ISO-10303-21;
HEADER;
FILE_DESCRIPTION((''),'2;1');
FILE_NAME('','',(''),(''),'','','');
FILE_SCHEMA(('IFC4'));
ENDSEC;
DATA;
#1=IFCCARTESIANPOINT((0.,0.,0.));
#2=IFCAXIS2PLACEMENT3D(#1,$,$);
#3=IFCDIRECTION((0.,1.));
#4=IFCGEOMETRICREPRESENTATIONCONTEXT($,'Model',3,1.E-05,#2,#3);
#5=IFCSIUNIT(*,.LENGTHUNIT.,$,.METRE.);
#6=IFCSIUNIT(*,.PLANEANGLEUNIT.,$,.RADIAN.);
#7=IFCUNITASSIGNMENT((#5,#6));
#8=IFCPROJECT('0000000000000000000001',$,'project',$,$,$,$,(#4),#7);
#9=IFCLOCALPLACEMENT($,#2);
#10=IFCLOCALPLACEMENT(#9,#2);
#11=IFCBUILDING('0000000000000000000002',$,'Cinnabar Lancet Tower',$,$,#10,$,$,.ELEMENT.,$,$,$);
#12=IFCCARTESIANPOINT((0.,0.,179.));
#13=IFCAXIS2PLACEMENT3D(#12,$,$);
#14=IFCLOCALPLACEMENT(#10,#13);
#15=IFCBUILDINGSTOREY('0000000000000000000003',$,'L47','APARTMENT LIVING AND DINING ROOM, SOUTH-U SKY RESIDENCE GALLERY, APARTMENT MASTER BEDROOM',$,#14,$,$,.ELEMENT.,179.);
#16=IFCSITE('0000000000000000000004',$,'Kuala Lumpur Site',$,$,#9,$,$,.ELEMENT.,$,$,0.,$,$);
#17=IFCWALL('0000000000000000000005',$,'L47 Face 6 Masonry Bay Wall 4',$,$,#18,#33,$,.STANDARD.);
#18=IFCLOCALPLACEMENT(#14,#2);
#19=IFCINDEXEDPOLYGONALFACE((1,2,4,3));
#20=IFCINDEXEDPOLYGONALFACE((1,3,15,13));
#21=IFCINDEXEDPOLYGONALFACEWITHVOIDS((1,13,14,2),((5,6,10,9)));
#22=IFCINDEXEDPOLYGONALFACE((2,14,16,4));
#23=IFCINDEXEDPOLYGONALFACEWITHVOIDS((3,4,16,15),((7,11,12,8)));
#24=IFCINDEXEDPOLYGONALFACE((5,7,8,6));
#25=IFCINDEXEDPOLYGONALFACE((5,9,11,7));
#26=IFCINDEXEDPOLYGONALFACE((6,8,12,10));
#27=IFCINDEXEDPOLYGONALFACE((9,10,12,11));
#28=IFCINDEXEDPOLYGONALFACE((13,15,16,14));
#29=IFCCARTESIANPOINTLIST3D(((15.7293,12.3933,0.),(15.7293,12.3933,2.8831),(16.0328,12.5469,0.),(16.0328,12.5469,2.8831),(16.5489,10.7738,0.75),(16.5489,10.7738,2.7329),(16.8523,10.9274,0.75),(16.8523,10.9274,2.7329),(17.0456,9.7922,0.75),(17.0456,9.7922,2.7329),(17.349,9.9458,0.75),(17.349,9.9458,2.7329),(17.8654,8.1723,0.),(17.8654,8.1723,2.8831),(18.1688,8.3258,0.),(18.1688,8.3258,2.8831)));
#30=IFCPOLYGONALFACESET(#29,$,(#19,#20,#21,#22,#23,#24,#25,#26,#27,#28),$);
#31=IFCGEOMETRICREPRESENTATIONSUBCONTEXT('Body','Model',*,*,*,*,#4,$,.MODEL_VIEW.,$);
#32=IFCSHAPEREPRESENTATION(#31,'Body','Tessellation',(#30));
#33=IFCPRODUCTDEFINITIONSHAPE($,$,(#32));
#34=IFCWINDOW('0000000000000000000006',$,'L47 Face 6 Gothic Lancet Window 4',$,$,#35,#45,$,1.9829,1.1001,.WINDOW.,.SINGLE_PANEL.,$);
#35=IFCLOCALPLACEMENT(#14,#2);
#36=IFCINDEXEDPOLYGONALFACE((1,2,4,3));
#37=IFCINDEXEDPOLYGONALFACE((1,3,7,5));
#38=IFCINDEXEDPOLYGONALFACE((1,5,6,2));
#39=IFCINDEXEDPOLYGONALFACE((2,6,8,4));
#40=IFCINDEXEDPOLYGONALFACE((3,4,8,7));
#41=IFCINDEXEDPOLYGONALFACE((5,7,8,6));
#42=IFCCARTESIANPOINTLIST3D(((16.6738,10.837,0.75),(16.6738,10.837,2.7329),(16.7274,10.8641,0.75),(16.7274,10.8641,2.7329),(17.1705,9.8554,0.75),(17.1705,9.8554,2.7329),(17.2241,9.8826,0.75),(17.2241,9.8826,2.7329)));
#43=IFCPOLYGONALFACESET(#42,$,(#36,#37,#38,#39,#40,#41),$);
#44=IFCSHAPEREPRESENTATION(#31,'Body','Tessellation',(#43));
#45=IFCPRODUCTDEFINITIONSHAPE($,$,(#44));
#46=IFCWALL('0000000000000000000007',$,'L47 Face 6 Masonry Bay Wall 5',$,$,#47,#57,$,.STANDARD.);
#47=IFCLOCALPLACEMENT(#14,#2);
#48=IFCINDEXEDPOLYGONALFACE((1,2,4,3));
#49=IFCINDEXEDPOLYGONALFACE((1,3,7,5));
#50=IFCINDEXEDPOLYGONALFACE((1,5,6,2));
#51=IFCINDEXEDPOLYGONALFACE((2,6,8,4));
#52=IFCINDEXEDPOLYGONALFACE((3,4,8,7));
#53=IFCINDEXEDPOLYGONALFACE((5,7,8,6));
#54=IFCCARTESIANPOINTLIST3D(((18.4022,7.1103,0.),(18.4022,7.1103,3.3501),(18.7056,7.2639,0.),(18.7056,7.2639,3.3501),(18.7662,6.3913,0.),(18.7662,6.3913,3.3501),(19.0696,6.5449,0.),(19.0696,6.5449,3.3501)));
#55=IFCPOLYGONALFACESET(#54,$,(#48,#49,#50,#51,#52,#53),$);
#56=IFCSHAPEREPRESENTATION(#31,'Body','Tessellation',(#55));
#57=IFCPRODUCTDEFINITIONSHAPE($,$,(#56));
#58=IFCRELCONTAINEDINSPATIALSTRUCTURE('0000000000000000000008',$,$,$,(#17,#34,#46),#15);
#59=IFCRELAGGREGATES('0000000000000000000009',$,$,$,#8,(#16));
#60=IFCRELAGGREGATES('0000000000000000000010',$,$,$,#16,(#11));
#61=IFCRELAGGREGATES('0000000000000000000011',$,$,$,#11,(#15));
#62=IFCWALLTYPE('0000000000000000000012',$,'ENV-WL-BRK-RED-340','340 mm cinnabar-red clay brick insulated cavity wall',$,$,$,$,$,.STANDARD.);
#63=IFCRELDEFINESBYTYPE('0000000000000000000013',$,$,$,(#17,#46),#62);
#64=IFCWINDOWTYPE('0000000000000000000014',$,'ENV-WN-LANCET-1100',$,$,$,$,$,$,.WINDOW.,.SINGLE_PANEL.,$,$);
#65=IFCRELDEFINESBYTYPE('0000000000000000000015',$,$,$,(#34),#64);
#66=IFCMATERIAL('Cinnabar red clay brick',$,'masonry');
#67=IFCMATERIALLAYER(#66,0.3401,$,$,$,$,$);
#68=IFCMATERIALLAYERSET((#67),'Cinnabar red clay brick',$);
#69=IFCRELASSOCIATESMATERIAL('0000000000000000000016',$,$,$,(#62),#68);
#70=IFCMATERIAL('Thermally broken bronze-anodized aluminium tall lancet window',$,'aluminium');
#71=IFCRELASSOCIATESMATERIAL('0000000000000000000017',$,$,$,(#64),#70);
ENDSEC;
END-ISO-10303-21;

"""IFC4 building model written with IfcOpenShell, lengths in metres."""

from ifc_helpers import new_model, si_unit, direction, frame, frame_2d, origin, place, context, subcontext, project, spatial, rectangle, extrude, material, layer, layer_set, type_object, element, fill, save


model = new_model("IFC4")

# Units and contexts
model_context = context("Model", 3, precision=1e-05, world=origin(), true_north=direction((0.0, 1.0)))
body_context = subcontext(model_context, "Body", "Model", "MODEL_VIEW")
ifc_project = project(units=[si_unit("LENGTHUNIT", "METRE"), si_unit("PLANEANGLEUNIT", "RADIAN")], contexts=[model_context])

# Site, building, storey
site_placement = place(None, origin())
site = spatial("IfcSite", under=ifc_project, at=site_placement, Name="Kuala Lumpur Site", CompositionType="ELEMENT", RefElevation=0.0)
building_placement = place(site_placement, origin())
building = spatial("IfcBuilding", under=site, at=building_placement, Name="Cinnabar Lancet Tower", CompositionType="ELEMENT")
storey_placement = place(building_placement, frame((0.0, 0.0, 179.0)))
storey = spatial("IfcBuildingStorey", under=building, at=storey_placement, Name="L47", Description="APARTMENT LIVING AND DINING ROOM, SOUTH-U SKY RESIDENCE GALLERY, APARTMENT MASTER BEDROOM", CompositionType="ELEMENT", Elevation=179.0)

# Shared definitions
ifc_material_1 = material(Name="Cinnabar red clay brick", Category="masonry")
ifc_layer_1 = layer(ifc_material_1, 0.3401)
ifc_layer_set_1 = layer_set([ifc_layer_1], Name="Cinnabar red clay brick")
wall_type = type_object("IfcWallType", Name="ENV-WL-BRK-RED-340", Description="340 mm cinnabar-red clay brick insulated cavity wall", PredefinedType="STANDARD", material=ifc_layer_set_1)

# Wall, opening, window
wall_1_placement = place(storey_placement, frame((15.8811, 12.47, 0.0), z_axis=(0.0, 0.0, 1.0), x_axis=(0.451523, -0.89226, 0.0)))
wall_1 = element("IfcWall", 1, at=wall_1_placement, inside=storey, type_object=wall_type, Name="L47 Face 6 Masonry Bay Wall 4", PredefinedType="STANDARD", context=body_context, shape_type="SweptSolid", body=[
    extrude(rectangle(XDim=4.7307, YDim=0.3401, at=frame_2d((2.3652, 0.0))), origin(), (0.0, 0.0, 1.0), 2.8831),
])
opening_placement = place(wall_1_placement, frame((1.8149, 0.0, 0.75)))
opening = element("IfcOpeningElement", 2, at=opening_placement, cuts=wall_1, PredefinedType="OPENING", context=body_context, shape_type="SweptSolid", body=[
    extrude(rectangle(XDim=1.1001, YDim=1.9829, at=frame_2d((0.55, 0.9915))), frame((0.0, 0.1799, 0.0), z_axis=(0.0, -1.0, 0.0), x_axis=(1.0, 0.0, 0.0)), (0.0, 0.0, 1.0), 0.3601),
])
ifc_material_2 = material(Name="Thermally broken bronze-anodized aluminium tall lancet window", Category="aluminium")
window_type = type_object("IfcWindowType", Name="ENV-WN-LANCET-1100", PartitioningType="SINGLE_PANEL", PredefinedType="WINDOW", material=ifc_material_2)
window_placement = place(opening_placement, origin())
window = element("IfcWindow", 3, at=window_placement, inside=storey, type_object=window_type, Name="L47 Face 6 Gothic Lancet Window 4", OverallHeight=1.9829, OverallWidth=1.1001, PartitioningType="SINGLE_PANEL", PredefinedType="WINDOW", context=body_context, shape_type="SweptSolid", body=[
    extrude(rectangle(XDim=1.1001, YDim=1.9829, at=frame_2d((0.55, 0.9915))), frame((0.0, 0.03, 0.0), z_axis=(0.0, -1.0, 0.0), x_axis=(1.0, 0.0, 0.0)), (0.0, 0.0, 1.0), 0.0601),
])
fill(opening, window)

# Wall
wall_2_placement = place(storey_placement, frame((18.554, 7.187, 0.0), z_axis=(0.0, 0.0, 1.0), x_axis=(0.451692, -0.892174, 0.0)))
element("IfcWall", 4, at=wall_2_placement, inside=storey, type_object=wall_type, Name="L47 Face 6 Masonry Bay Wall 5", PredefinedType="STANDARD", context=body_context, shape_type="SweptSolid", body=[
    extrude(rectangle(XDim=0.8059, YDim=0.3401, at=frame_2d((0.4028, 0.0))), origin(), (0.0, 0.0, 1.0), 3.3501),
])

save(model, "model.ifc")
